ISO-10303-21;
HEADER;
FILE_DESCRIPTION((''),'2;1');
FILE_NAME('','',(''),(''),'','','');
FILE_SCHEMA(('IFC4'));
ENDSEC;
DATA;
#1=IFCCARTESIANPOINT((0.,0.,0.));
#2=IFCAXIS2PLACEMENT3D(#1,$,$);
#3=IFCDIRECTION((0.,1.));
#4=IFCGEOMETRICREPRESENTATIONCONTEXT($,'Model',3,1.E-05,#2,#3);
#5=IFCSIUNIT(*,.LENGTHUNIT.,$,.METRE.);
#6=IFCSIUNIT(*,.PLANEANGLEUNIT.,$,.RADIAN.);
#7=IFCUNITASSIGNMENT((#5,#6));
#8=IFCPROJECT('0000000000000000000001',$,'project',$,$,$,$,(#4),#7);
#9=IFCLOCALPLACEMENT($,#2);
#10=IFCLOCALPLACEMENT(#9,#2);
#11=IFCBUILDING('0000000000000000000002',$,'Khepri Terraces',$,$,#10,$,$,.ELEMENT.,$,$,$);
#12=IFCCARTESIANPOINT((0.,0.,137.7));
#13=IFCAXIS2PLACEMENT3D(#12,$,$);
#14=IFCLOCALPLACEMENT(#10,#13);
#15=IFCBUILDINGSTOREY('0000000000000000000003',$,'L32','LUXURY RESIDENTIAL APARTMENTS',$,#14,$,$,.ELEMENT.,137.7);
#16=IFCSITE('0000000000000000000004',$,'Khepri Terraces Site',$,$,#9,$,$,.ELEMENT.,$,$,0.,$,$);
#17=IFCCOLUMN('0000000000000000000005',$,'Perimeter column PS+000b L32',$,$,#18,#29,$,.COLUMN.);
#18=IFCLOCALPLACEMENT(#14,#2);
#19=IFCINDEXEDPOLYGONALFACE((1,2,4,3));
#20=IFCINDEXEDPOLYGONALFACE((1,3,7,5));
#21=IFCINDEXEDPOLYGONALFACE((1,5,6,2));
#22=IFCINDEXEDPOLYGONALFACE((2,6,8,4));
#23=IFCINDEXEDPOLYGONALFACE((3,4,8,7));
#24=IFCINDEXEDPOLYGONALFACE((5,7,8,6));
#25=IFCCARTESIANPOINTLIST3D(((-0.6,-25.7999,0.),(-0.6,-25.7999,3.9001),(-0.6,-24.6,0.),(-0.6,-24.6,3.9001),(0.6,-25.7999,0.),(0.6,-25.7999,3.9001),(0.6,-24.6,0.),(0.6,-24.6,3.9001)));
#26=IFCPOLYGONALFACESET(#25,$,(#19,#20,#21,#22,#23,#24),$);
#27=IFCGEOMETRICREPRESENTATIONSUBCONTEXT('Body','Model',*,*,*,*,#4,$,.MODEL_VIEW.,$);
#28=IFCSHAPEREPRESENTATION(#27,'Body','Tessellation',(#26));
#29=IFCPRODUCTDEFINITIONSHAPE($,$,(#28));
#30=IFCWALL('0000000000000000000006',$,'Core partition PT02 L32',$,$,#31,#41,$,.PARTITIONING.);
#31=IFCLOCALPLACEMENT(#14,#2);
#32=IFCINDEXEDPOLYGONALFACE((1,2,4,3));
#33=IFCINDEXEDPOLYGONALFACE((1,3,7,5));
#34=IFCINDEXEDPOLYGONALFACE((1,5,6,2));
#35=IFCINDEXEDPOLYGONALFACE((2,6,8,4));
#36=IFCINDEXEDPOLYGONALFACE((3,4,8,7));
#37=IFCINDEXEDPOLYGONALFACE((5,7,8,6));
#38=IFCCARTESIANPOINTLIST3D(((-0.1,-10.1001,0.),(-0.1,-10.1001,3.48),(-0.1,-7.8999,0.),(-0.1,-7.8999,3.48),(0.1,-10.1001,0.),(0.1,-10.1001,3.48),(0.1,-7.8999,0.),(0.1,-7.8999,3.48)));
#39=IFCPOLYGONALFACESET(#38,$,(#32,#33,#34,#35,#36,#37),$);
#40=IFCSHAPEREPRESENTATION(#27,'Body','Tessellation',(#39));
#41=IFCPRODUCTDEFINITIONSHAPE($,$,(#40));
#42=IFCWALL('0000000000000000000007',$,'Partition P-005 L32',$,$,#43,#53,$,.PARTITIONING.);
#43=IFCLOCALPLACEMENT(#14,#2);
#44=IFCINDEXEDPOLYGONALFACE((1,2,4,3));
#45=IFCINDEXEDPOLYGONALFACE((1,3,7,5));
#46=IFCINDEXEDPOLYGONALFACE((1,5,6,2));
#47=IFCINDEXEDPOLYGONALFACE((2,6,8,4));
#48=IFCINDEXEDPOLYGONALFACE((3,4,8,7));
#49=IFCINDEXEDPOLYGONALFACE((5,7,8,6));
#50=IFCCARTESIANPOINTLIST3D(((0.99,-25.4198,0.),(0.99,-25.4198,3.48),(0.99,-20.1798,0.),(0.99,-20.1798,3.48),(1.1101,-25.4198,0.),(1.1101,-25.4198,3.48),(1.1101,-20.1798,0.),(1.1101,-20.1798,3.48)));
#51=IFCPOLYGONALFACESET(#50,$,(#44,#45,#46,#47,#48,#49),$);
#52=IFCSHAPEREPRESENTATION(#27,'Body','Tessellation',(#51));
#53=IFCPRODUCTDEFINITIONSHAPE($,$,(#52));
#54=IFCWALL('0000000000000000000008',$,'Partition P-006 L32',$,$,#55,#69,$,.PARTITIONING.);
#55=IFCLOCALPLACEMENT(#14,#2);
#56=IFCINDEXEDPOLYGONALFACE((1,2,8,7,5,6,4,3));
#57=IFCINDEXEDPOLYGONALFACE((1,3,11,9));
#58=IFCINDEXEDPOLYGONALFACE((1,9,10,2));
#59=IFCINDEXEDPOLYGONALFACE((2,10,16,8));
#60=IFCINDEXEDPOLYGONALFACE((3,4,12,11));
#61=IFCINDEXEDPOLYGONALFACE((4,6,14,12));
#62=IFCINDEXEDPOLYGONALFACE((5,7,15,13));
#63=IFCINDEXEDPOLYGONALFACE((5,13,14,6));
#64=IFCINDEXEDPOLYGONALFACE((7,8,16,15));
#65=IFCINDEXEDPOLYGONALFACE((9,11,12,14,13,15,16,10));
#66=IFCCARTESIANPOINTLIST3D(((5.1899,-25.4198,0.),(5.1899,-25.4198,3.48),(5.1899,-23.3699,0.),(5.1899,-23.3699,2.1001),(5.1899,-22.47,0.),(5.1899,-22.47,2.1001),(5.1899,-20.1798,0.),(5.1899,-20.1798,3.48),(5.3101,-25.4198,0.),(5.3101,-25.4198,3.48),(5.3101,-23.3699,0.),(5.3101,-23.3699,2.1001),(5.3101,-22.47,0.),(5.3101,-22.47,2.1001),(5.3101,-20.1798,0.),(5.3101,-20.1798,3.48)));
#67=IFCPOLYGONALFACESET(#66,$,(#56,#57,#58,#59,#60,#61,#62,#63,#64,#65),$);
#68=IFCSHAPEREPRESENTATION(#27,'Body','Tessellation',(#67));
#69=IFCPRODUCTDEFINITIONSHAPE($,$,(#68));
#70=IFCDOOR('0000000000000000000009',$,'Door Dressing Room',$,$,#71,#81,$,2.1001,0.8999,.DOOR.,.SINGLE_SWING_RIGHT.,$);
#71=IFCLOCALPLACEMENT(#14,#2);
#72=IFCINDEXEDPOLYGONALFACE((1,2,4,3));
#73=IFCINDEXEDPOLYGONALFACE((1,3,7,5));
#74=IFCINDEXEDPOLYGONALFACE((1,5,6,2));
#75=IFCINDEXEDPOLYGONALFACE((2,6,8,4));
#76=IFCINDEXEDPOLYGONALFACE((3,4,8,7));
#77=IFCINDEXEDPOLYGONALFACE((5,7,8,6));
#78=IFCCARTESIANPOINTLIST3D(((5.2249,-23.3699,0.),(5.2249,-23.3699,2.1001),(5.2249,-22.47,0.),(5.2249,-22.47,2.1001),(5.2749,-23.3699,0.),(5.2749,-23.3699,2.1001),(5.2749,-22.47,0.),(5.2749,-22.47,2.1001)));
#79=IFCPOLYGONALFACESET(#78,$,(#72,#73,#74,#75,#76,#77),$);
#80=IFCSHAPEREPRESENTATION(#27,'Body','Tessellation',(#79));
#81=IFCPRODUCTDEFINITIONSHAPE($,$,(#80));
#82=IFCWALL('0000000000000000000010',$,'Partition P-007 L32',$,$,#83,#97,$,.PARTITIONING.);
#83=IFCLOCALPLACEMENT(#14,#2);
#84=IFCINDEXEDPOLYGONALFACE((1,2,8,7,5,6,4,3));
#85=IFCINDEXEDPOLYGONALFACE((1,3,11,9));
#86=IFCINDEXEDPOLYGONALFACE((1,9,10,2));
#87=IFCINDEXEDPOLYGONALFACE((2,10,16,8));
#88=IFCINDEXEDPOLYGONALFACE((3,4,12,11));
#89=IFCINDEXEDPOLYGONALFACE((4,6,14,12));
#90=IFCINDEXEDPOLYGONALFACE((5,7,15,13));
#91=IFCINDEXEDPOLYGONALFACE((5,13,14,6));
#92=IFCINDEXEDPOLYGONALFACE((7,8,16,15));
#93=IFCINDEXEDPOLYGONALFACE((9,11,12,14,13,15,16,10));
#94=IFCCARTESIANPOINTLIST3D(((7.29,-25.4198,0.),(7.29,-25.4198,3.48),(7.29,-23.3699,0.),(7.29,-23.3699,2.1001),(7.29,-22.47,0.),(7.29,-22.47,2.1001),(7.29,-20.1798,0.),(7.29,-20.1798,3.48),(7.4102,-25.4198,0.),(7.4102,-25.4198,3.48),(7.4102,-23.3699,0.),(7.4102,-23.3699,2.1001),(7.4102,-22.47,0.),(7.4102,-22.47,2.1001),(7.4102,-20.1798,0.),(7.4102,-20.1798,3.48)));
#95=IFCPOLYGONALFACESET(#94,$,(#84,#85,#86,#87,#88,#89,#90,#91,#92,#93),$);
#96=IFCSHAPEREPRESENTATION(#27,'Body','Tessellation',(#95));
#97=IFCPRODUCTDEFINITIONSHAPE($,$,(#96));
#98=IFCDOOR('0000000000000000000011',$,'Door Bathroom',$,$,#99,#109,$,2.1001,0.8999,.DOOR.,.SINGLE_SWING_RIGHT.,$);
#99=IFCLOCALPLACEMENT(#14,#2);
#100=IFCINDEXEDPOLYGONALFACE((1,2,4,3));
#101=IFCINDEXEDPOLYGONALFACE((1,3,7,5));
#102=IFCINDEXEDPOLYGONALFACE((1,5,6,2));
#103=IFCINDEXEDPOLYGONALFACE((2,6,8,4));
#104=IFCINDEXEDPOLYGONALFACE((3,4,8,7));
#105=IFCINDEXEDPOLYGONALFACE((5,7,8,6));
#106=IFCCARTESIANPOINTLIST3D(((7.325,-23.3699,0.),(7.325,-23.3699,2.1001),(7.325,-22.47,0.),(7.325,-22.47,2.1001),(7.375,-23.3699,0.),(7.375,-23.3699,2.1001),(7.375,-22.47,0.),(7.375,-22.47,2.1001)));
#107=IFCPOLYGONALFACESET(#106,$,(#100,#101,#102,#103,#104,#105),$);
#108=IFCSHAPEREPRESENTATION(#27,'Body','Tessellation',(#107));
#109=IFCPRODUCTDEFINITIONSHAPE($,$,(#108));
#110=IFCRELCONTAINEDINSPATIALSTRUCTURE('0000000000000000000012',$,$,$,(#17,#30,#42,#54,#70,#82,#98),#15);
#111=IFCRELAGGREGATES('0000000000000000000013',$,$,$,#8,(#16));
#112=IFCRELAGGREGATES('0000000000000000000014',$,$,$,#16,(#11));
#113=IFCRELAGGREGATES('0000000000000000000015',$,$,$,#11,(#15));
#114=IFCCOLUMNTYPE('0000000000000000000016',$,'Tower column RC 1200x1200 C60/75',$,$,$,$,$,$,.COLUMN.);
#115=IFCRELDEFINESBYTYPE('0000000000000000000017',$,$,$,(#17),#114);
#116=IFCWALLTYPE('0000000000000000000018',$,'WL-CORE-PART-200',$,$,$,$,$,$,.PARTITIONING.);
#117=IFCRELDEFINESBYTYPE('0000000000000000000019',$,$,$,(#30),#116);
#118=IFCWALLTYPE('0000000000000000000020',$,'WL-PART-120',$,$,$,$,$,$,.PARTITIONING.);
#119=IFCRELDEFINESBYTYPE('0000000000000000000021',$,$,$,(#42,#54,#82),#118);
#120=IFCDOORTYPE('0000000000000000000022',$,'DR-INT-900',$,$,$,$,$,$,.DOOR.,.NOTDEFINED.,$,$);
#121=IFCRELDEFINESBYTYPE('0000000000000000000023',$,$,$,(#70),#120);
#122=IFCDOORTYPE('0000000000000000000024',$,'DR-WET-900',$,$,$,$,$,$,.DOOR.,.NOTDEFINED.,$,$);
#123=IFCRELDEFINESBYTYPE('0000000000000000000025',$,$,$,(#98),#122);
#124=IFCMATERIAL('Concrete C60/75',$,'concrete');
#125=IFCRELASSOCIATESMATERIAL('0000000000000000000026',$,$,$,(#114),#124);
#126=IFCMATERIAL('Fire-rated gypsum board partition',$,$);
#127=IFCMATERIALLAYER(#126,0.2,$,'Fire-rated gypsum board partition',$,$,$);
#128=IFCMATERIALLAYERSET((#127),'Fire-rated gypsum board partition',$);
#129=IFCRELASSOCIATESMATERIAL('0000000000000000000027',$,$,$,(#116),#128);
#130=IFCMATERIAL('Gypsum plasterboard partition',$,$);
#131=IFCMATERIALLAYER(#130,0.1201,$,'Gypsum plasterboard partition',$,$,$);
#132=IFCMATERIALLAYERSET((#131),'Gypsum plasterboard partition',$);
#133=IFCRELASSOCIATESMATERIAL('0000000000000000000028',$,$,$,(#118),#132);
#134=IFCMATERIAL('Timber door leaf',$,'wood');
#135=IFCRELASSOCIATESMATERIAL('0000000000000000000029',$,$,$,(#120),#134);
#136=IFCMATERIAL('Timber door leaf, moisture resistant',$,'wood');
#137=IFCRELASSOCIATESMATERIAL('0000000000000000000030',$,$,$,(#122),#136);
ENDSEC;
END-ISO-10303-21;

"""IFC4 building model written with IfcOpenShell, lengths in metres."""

from ifc_helpers import new_model, si_unit, direction, frame, frame_2d, origin, origin_2d, place, context, subcontext, project, spatial, rectangle, extrude, material, layer, layer_set, material_profile, profile_set, type_object, element, fill, save


model = new_model("IFC4")

# Units and contexts
model_context = context("Model", 3, precision=1e-05, world=origin(), true_north=direction((0.0, 1.0)))
body_context = subcontext(model_context, "Body", "Model", "MODEL_VIEW")
ifc_project = project(units=[si_unit("LENGTHUNIT", "METRE"), si_unit("PLANEANGLEUNIT", "RADIAN")], contexts=[model_context])

# Site, building, storey
site_placement = place(None, origin())
site = spatial("IfcSite", under=ifc_project, at=site_placement, Name="Khepri Terraces Site", CompositionType="ELEMENT", RefElevation=0.0)
building_placement = place(site_placement, origin())
building = spatial("IfcBuilding", under=site, at=building_placement, Name="Khepri Terraces", CompositionType="ELEMENT")
storey_placement = place(building_placement, frame((0.0, 0.0, 137.7)))
storey = spatial("IfcBuildingStorey", under=building, at=storey_placement, Name="L32", Description="LUXURY RESIDENTIAL APARTMENTS", CompositionType="ELEMENT", Elevation=137.7)

# Column
ifc_material_1 = material(Name="Concrete C60/75", Category="concrete")
ifc_material_profile = material_profile(ifc_material_1, rectangle(XDim=1.2, YDim=1.2, at=origin_2d()), Name="Concrete C60/75", Category="concrete")
ifc_profile_set = profile_set([ifc_material_profile], Name="Concrete C60/75")
column_type = type_object("IfcColumnType", Name="Tower column RC 1200x1200 C60/75", PredefinedType="COLUMN", material=ifc_profile_set)
column_placement = place(storey_placement, frame((0.0, -25.2, 0.0), z_axis=(0.0, 0.0, 1.0), x_axis=(1.0, 0.0, 0.0)))
element("IfcColumn", 1, at=column_placement, inside=storey, type_object=column_type, Name="Perimeter column PS+000b L32", PredefinedType="COLUMN", context=body_context, shape_type="SweptSolid", body=[
    extrude(rectangle(XDim=1.2, YDim=1.2, at=origin_2d()), origin(), (0.0, 0.0, 1.0), 3.9001),
])

# Wall
ifc_material_2 = material(Name="Fire-rated gypsum board partition")
ifc_layer_1 = layer(ifc_material_2, 0.2, Name="Fire-rated gypsum board partition")
ifc_layer_set_1 = layer_set([ifc_layer_1], Name="Fire-rated gypsum board partition")
wall_type_1 = type_object("IfcWallType", Name="WL-CORE-PART-200", PredefinedType="PARTITIONING", material=ifc_layer_set_1)
wall_1_placement = place(storey_placement, frame((0.0, -10.1001, 0.0), z_axis=(0.0, 0.0, 1.0), x_axis=(0.0, 1.0, 0.0)))
element("IfcWall", 2, at=wall_1_placement, inside=storey, type_object=wall_type_1, Name="Core partition PT02 L32", PredefinedType="PARTITIONING", context=body_context, shape_type="SweptSolid", body=[
    extrude(rectangle(XDim=2.2002, YDim=0.2, at=frame_2d((1.1001, 0.0))), origin(), (0.0, 0.0, 1.0), 3.48),
])

# Wall
ifc_material_3 = material(Name="Gypsum plasterboard partition")
ifc_layer_2 = layer(ifc_material_3, 0.1201, Name="Gypsum plasterboard partition")
ifc_layer_set_2 = layer_set([ifc_layer_2], Name="Gypsum plasterboard partition")
wall_type_2 = type_object("IfcWallType", Name="WL-PART-120", PredefinedType="PARTITIONING", material=ifc_layer_set_2)
wall_2_placement = place(storey_placement, frame((1.05, -25.4199, 0.0), z_axis=(0.0, 0.0, 1.0), x_axis=(0.0, 1.0, 0.0)))
element("IfcWall", 3, at=wall_2_placement, inside=storey, type_object=wall_type_2, Name="Partition P-005 L32", PredefinedType="PARTITIONING", context=body_context, shape_type="SweptSolid", body=[
    extrude(rectangle(XDim=5.24, YDim=0.1201, at=frame_2d((2.6201, 0.0))), origin(), (0.0, 0.0, 1.0), 3.48),
])

# Walls, openings, doors
wall_3_placement = place(storey_placement, frame((5.25, -25.4199, 0.0), z_axis=(0.0, 0.0, 1.0), x_axis=(0.0, 1.0, 0.0)))
wall_3 = element("IfcWall", 4, at=wall_3_placement, inside=storey, type_object=wall_type_2, Name="Partition P-006 L32", PredefinedType="PARTITIONING", context=body_context, shape_type="SweptSolid", body=[
    extrude(rectangle(XDim=5.24, YDim=0.1201, at=frame_2d((2.6201, 0.0))), origin(), (0.0, 0.0, 1.0), 3.48),
])
opening_1_placement = place(wall_3_placement, frame((2.05, 0.0, 0.0)))
opening_1 = element("IfcOpeningElement", 5, at=opening_1_placement, cuts=wall_3, PredefinedType="OPENING", context=body_context, shape_type="SweptSolid", body=[
    extrude(rectangle(XDim=0.8999, YDim=2.1001, at=frame_2d((0.45, 1.05))), frame((0.0, 0.0701, 0.0), z_axis=(0.0, -1.0, 0.0), x_axis=(1.0, 0.0, 0.0)), (0.0, 0.0, 1.0), 0.1401),
])
ifc_material_4 = material(Name="Timber door leaf", Category="wood")
door_type_1 = type_object("IfcDoorType", Name="DR-INT-900", OperationType="NOTDEFINED", PredefinedType="DOOR", material=ifc_material_4)
door_1_placement = place(opening_1_placement, frame((0.8999, 0.0, 0.0), z_axis=(0.0, 0.0, 1.0), x_axis=(-1.0, 0.0, 0.0)))
door_1 = element("IfcDoor", 6, at=door_1_placement, inside=storey, type_object=door_type_1, Name="Door Dressing Room", OperationType="SINGLE_SWING_RIGHT", OverallHeight=2.1001, OverallWidth=0.8999, PredefinedType="DOOR", context=body_context, shape_type="SweptSolid", body=[
    extrude(rectangle(XDim=0.8999, YDim=2.1001, at=frame_2d((0.45, 1.05))), frame((0.0, 0.0249, 0.0), z_axis=(0.0, -1.0, 0.0), x_axis=(1.0, 0.0, 0.0)), (0.0, 0.0, 1.0), 0.05),
])
fill(opening_1, door_1)
wall_4_placement = place(storey_placement, frame((7.3501, -25.4199, 0.0), z_axis=(0.0, 0.0, 1.0), x_axis=(0.0, 1.0, 0.0)))
wall_4 = element("IfcWall", 7, at=wall_4_placement, inside=storey, type_object=wall_type_2, Name="Partition P-007 L32", PredefinedType="PARTITIONING", context=body_context, shape_type="SweptSolid", body=[
    extrude(rectangle(XDim=5.24, YDim=0.1201, at=frame_2d((2.6201, 0.0))), origin(), (0.0, 0.0, 1.0), 3.48),
])
opening_2_placement = place(wall_4_placement, frame((2.05, 0.0, 0.0)))
opening_2 = element("IfcOpeningElement", 8, at=opening_2_placement, cuts=wall_4, PredefinedType="OPENING", context=body_context, shape_type="SweptSolid", body=[
    extrude(rectangle(XDim=0.8999, YDim=2.1001, at=frame_2d((0.45, 1.05))), frame((0.0, 0.0701, 0.0), z_axis=(0.0, -1.0, 0.0), x_axis=(1.0, 0.0, 0.0)), (0.0, 0.0, 1.0), 0.1401),
])
ifc_material_5 = material(Name="Timber door leaf, moisture resistant", Category="wood")
door_type_2 = type_object("IfcDoorType", Name="DR-WET-900", OperationType="NOTDEFINED", PredefinedType="DOOR", material=ifc_material_5)
door_2_placement = place(opening_2_placement, frame((0.8999, 0.0, 0.0), z_axis=(0.0, 0.0, 1.0), x_axis=(-1.0, 0.0, 0.0)))
door_2 = element("IfcDoor", 9, at=door_2_placement, inside=storey, type_object=door_type_2, Name="Door Bathroom", OperationType="SINGLE_SWING_RIGHT", OverallHeight=2.1001, OverallWidth=0.8999, PredefinedType="DOOR", context=body_context, shape_type="SweptSolid", body=[
    extrude(rectangle(XDim=0.8999, YDim=2.1001, at=frame_2d((0.45, 1.05))), frame((0.0, 0.0249, 0.0), z_axis=(0.0, -1.0, 0.0), x_axis=(1.0, 0.0, 0.0)), (0.0, 0.0, 1.0), 0.05),
])
fill(opening_2, door_2)

save(model, "model.ifc")
